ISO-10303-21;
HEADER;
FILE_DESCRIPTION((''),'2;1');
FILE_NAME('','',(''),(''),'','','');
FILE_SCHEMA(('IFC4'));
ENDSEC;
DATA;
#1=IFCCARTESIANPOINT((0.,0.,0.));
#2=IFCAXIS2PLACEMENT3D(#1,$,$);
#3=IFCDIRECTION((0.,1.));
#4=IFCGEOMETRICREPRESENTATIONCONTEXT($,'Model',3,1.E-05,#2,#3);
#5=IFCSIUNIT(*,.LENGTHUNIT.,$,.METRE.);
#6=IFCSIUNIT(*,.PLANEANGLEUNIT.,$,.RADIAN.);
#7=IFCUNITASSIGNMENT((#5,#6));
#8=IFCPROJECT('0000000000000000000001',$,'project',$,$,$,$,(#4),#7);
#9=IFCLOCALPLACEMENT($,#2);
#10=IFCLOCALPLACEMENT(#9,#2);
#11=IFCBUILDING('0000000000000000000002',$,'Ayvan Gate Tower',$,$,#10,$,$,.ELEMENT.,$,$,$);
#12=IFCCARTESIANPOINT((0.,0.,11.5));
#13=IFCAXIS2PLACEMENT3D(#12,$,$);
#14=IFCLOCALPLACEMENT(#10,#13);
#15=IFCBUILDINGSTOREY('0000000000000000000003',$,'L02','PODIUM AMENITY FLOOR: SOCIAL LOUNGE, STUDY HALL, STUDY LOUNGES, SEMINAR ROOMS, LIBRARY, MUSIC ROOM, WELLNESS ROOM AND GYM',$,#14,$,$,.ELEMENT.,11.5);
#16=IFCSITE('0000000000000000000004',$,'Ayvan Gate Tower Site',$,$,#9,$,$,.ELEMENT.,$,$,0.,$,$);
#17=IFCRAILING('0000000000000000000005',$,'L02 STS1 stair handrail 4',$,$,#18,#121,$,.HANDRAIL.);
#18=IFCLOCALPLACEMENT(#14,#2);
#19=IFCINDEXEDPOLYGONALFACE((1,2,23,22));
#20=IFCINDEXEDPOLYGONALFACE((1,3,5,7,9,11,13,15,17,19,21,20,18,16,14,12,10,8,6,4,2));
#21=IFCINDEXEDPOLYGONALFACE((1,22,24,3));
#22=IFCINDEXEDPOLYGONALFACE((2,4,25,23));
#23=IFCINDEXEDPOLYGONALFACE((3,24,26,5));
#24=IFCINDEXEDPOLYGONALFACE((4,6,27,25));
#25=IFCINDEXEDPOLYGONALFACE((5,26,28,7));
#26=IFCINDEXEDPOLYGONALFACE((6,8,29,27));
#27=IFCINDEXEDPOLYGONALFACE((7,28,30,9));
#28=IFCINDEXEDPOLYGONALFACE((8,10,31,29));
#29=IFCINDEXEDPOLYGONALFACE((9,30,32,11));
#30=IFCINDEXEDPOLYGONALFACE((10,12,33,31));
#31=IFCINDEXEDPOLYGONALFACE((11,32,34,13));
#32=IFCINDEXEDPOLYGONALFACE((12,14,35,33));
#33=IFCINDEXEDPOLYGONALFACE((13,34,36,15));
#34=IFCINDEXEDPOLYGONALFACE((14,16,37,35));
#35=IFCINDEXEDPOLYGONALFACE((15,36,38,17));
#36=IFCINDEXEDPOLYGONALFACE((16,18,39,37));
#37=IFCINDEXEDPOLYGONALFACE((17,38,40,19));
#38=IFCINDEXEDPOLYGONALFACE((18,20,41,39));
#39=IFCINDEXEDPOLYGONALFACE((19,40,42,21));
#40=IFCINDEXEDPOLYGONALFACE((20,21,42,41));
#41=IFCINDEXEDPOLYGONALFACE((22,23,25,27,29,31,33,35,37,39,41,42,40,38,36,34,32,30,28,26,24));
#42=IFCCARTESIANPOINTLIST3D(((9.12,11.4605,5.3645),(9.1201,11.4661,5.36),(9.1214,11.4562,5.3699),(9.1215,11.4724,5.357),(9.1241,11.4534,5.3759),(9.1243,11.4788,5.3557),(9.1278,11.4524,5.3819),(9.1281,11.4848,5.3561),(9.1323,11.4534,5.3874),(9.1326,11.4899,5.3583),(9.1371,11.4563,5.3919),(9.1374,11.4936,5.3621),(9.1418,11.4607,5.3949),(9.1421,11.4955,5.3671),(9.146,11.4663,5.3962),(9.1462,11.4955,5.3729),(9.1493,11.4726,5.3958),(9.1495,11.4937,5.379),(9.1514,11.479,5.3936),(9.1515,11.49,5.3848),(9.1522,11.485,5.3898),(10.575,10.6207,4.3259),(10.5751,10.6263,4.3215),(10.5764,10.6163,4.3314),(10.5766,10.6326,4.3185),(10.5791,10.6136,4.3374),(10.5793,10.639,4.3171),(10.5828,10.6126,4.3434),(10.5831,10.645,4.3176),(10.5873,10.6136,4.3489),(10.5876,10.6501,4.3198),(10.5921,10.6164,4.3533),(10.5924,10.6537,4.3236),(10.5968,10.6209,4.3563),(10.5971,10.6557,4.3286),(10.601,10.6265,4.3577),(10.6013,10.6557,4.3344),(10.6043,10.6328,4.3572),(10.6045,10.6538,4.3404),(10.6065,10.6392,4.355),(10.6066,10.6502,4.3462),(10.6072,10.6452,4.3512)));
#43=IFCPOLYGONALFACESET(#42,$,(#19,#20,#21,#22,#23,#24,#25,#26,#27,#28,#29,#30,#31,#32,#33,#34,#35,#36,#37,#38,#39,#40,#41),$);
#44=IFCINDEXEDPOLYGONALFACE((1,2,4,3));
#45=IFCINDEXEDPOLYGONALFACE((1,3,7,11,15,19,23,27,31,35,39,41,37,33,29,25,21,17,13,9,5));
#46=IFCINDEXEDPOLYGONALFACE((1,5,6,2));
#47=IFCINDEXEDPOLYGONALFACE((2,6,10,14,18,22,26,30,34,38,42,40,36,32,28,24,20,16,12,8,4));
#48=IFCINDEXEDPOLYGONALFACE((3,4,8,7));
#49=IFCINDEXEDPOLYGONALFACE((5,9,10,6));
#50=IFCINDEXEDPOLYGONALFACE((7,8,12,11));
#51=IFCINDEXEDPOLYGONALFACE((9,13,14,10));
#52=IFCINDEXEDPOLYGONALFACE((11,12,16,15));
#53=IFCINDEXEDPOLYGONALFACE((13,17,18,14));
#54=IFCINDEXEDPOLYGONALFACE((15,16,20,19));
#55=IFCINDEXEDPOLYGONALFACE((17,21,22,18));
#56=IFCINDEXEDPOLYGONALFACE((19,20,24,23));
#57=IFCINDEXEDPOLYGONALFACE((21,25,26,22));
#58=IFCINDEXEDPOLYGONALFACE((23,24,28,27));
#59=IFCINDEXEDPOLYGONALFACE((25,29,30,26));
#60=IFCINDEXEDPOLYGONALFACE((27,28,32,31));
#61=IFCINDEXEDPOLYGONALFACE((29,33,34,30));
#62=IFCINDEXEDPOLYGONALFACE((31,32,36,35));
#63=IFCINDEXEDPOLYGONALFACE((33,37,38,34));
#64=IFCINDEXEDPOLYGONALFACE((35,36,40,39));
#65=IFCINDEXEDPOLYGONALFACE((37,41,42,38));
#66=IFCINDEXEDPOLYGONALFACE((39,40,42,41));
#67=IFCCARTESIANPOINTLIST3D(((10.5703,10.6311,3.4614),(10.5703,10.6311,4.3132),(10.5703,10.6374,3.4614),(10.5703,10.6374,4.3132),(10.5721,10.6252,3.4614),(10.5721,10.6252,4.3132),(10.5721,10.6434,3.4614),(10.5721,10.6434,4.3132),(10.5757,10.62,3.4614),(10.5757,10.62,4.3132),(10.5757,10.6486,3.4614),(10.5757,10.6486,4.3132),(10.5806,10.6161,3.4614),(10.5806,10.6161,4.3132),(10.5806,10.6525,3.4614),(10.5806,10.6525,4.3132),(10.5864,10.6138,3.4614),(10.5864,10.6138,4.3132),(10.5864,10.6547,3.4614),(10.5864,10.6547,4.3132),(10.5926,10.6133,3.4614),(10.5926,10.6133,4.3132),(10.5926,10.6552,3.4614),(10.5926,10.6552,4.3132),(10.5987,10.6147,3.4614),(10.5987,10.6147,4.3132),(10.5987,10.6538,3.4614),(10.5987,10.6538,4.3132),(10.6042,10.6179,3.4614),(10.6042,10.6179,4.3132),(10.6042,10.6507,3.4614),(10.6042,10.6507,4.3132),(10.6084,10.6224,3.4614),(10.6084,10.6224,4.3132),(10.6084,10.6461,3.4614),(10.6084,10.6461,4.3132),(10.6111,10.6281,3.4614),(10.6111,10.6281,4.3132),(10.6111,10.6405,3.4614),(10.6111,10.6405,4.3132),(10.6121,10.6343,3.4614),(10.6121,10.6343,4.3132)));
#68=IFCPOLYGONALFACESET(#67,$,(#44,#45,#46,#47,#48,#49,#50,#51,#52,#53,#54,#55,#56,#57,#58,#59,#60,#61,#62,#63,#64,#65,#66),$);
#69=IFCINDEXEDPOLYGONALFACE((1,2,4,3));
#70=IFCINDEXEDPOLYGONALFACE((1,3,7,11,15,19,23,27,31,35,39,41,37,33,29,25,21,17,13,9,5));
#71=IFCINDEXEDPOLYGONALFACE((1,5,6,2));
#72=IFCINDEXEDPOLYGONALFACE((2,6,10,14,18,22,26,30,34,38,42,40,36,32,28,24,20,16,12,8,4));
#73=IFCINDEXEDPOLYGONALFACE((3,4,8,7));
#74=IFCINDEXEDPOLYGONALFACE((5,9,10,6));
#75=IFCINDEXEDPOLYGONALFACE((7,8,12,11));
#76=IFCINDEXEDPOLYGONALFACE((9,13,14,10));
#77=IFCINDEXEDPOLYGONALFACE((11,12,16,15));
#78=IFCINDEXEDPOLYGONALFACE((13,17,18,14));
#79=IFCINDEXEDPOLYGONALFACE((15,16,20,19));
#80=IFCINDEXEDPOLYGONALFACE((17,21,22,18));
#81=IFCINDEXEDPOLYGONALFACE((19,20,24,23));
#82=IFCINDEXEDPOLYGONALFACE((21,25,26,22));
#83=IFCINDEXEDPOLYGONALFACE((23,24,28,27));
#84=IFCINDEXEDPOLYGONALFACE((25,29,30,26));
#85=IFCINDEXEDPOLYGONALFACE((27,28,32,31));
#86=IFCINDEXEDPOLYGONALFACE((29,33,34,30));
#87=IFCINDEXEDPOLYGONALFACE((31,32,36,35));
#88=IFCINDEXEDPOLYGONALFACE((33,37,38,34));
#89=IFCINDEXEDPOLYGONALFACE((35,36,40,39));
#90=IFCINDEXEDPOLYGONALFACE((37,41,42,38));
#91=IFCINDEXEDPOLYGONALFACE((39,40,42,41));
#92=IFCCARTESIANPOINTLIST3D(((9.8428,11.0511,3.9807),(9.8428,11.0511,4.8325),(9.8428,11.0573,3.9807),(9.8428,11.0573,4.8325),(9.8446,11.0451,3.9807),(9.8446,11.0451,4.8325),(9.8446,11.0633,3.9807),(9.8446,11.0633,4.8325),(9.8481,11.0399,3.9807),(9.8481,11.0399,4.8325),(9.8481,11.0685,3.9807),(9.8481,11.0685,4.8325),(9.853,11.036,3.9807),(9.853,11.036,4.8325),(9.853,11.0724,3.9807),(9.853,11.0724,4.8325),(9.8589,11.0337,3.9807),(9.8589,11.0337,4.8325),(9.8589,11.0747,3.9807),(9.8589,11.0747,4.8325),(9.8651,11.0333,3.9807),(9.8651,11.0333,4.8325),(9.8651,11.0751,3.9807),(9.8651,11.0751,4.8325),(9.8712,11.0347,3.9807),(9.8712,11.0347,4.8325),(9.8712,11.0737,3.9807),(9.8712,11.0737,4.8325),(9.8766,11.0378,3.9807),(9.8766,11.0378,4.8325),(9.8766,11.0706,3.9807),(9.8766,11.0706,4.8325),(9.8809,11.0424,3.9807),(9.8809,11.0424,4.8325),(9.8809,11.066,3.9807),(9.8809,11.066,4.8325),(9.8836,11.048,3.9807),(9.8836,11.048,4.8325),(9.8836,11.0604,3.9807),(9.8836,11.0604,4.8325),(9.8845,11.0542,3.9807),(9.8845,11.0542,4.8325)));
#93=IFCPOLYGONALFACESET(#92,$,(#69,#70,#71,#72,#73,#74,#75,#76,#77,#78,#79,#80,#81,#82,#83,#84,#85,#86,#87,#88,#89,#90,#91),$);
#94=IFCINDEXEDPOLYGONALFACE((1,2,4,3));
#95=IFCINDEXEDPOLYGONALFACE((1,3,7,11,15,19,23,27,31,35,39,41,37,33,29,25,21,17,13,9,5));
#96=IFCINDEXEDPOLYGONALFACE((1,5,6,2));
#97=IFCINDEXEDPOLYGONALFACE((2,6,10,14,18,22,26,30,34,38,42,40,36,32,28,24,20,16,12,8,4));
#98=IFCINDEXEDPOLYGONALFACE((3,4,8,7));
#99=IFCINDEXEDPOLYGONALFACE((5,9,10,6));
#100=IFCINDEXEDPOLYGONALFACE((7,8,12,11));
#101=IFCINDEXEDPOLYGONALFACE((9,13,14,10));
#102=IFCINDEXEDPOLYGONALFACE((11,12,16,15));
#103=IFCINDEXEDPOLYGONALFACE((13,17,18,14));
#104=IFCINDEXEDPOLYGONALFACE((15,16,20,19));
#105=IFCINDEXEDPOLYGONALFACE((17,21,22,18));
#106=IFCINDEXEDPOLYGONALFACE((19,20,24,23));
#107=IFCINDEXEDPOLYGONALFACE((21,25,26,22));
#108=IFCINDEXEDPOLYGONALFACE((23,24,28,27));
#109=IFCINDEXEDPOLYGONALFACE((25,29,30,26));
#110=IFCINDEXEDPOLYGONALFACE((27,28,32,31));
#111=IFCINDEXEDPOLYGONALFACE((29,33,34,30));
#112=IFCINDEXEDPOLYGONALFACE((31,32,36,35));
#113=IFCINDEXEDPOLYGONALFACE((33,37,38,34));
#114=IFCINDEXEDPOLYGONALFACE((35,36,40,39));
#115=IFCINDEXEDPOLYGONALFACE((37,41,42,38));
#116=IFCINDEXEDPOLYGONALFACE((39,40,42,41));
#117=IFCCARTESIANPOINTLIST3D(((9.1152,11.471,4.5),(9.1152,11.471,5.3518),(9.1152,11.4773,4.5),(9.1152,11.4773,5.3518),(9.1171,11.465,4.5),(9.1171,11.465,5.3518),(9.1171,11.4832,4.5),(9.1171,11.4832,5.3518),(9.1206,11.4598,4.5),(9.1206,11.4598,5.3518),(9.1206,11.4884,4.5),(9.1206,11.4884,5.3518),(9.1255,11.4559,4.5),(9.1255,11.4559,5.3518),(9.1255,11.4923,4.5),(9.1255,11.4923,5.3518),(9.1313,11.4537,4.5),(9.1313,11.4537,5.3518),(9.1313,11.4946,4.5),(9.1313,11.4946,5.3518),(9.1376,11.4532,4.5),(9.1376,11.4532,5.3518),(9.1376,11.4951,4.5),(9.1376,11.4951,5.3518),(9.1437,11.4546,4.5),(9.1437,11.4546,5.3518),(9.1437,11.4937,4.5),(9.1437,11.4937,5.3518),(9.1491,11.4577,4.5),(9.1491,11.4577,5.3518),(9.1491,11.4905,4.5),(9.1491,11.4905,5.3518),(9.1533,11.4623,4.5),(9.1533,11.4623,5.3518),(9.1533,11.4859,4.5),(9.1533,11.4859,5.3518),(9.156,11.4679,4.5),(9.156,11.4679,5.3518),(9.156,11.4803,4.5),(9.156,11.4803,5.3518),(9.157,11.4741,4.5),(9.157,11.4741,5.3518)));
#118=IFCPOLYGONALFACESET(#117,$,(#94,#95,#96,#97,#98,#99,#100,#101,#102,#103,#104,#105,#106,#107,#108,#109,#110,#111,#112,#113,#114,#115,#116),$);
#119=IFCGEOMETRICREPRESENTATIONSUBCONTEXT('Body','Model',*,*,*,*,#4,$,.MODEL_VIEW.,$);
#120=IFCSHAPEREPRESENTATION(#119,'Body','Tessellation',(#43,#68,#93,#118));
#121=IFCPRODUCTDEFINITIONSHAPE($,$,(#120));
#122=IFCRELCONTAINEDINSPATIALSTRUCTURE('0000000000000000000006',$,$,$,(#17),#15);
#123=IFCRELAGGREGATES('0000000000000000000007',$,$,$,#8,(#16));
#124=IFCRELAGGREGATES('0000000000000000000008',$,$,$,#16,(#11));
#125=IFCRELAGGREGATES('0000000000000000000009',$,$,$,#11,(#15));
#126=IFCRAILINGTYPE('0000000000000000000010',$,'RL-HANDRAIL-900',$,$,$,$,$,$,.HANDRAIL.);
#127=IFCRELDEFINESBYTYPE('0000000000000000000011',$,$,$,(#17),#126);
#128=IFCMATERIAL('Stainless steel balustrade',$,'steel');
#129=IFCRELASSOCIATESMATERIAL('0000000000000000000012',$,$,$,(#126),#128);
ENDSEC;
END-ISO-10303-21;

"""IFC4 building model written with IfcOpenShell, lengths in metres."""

from ifc_helpers import new_model, si_unit, direction, frame, origin, origin_2d, place, context, subcontext, project, spatial, circle, extrude, material, type_object, element, save


model = new_model("IFC4")

# Units and contexts
model_context = context("Model", 3, precision=1e-05, world=origin(), true_north=direction((0.0, 1.0)))
body_context = subcontext(model_context, "Body", "Model", "MODEL_VIEW")
ifc_project = project(units=[si_unit("LENGTHUNIT", "METRE"), si_unit("PLANEANGLEUNIT", "RADIAN")], contexts=[model_context])

# Site, building, storey
site_placement = place(None, origin())
site = spatial("IfcSite", under=ifc_project, at=site_placement, Name="Ayvan Gate Tower Site", CompositionType="ELEMENT", RefElevation=0.0)
building_placement = place(site_placement, origin())
building = spatial("IfcBuilding", under=site, at=building_placement, Name="Ayvan Gate Tower", CompositionType="ELEMENT")
storey_placement = place(building_placement, frame((0.0, 0.0, 11.5)))
storey = spatial("IfcBuildingStorey", under=building, at=storey_placement, Name="L02", Description="PODIUM AMENITY FLOOR: SOCIAL LOUNGE, STUDY HALL, STUDY LOUNGES, SEMINAR ROOMS, LIBRARY, MUSIC ROOM, WELLNESS ROOM AND GYM", CompositionType="ELEMENT", Elevation=11.5)

# Railing
ifc_material_1 = material(Name="Stainless steel balustrade", Category="steel")
railing_type_1 = type_object("IfcRailingType", Name="RL-HANDRAIL-900", PredefinedType="HANDRAIL", material=ifc_material_1)
railing_1_placement = place(storey_placement, frame((10.5911, 10.6343, 3.4614)))
element("IfcRailing", 1, at=railing_1_placement, inside=storey, type_object=railing_type_1, Name="L02 STS1 stair handrail 4", PredefinedType="HANDRAIL", context=body_context, shape_type="SweptSolid", body=[
    extrude(circle(Radius=0.0239, at=origin_2d()), frame((0.0, 0.0, 0.876), z_axis=(-0.736692, 0.425205, 0.52582), x_axis=(-0.49989, -0.866089, 0.0)), (0.0, 0.0, 1.0), 1.9751),
    extrude(circle(Radius=0.021, at=origin_2d()), origin(), (0.0, 0.0, 1.0), 0.8518),
    extrude(circle(Radius=0.021, at=origin_2d()), frame((-0.7275, 0.4199, 0.5193)), (0.0, 0.0, 1.0), 0.8518),
    extrude(circle(Radius=0.021, at=origin_2d()), frame((-1.4551, 0.8398, 1.0386)), (0.0, 0.0, 1.0), 0.8518),
])

save(model, "model.ifc")
